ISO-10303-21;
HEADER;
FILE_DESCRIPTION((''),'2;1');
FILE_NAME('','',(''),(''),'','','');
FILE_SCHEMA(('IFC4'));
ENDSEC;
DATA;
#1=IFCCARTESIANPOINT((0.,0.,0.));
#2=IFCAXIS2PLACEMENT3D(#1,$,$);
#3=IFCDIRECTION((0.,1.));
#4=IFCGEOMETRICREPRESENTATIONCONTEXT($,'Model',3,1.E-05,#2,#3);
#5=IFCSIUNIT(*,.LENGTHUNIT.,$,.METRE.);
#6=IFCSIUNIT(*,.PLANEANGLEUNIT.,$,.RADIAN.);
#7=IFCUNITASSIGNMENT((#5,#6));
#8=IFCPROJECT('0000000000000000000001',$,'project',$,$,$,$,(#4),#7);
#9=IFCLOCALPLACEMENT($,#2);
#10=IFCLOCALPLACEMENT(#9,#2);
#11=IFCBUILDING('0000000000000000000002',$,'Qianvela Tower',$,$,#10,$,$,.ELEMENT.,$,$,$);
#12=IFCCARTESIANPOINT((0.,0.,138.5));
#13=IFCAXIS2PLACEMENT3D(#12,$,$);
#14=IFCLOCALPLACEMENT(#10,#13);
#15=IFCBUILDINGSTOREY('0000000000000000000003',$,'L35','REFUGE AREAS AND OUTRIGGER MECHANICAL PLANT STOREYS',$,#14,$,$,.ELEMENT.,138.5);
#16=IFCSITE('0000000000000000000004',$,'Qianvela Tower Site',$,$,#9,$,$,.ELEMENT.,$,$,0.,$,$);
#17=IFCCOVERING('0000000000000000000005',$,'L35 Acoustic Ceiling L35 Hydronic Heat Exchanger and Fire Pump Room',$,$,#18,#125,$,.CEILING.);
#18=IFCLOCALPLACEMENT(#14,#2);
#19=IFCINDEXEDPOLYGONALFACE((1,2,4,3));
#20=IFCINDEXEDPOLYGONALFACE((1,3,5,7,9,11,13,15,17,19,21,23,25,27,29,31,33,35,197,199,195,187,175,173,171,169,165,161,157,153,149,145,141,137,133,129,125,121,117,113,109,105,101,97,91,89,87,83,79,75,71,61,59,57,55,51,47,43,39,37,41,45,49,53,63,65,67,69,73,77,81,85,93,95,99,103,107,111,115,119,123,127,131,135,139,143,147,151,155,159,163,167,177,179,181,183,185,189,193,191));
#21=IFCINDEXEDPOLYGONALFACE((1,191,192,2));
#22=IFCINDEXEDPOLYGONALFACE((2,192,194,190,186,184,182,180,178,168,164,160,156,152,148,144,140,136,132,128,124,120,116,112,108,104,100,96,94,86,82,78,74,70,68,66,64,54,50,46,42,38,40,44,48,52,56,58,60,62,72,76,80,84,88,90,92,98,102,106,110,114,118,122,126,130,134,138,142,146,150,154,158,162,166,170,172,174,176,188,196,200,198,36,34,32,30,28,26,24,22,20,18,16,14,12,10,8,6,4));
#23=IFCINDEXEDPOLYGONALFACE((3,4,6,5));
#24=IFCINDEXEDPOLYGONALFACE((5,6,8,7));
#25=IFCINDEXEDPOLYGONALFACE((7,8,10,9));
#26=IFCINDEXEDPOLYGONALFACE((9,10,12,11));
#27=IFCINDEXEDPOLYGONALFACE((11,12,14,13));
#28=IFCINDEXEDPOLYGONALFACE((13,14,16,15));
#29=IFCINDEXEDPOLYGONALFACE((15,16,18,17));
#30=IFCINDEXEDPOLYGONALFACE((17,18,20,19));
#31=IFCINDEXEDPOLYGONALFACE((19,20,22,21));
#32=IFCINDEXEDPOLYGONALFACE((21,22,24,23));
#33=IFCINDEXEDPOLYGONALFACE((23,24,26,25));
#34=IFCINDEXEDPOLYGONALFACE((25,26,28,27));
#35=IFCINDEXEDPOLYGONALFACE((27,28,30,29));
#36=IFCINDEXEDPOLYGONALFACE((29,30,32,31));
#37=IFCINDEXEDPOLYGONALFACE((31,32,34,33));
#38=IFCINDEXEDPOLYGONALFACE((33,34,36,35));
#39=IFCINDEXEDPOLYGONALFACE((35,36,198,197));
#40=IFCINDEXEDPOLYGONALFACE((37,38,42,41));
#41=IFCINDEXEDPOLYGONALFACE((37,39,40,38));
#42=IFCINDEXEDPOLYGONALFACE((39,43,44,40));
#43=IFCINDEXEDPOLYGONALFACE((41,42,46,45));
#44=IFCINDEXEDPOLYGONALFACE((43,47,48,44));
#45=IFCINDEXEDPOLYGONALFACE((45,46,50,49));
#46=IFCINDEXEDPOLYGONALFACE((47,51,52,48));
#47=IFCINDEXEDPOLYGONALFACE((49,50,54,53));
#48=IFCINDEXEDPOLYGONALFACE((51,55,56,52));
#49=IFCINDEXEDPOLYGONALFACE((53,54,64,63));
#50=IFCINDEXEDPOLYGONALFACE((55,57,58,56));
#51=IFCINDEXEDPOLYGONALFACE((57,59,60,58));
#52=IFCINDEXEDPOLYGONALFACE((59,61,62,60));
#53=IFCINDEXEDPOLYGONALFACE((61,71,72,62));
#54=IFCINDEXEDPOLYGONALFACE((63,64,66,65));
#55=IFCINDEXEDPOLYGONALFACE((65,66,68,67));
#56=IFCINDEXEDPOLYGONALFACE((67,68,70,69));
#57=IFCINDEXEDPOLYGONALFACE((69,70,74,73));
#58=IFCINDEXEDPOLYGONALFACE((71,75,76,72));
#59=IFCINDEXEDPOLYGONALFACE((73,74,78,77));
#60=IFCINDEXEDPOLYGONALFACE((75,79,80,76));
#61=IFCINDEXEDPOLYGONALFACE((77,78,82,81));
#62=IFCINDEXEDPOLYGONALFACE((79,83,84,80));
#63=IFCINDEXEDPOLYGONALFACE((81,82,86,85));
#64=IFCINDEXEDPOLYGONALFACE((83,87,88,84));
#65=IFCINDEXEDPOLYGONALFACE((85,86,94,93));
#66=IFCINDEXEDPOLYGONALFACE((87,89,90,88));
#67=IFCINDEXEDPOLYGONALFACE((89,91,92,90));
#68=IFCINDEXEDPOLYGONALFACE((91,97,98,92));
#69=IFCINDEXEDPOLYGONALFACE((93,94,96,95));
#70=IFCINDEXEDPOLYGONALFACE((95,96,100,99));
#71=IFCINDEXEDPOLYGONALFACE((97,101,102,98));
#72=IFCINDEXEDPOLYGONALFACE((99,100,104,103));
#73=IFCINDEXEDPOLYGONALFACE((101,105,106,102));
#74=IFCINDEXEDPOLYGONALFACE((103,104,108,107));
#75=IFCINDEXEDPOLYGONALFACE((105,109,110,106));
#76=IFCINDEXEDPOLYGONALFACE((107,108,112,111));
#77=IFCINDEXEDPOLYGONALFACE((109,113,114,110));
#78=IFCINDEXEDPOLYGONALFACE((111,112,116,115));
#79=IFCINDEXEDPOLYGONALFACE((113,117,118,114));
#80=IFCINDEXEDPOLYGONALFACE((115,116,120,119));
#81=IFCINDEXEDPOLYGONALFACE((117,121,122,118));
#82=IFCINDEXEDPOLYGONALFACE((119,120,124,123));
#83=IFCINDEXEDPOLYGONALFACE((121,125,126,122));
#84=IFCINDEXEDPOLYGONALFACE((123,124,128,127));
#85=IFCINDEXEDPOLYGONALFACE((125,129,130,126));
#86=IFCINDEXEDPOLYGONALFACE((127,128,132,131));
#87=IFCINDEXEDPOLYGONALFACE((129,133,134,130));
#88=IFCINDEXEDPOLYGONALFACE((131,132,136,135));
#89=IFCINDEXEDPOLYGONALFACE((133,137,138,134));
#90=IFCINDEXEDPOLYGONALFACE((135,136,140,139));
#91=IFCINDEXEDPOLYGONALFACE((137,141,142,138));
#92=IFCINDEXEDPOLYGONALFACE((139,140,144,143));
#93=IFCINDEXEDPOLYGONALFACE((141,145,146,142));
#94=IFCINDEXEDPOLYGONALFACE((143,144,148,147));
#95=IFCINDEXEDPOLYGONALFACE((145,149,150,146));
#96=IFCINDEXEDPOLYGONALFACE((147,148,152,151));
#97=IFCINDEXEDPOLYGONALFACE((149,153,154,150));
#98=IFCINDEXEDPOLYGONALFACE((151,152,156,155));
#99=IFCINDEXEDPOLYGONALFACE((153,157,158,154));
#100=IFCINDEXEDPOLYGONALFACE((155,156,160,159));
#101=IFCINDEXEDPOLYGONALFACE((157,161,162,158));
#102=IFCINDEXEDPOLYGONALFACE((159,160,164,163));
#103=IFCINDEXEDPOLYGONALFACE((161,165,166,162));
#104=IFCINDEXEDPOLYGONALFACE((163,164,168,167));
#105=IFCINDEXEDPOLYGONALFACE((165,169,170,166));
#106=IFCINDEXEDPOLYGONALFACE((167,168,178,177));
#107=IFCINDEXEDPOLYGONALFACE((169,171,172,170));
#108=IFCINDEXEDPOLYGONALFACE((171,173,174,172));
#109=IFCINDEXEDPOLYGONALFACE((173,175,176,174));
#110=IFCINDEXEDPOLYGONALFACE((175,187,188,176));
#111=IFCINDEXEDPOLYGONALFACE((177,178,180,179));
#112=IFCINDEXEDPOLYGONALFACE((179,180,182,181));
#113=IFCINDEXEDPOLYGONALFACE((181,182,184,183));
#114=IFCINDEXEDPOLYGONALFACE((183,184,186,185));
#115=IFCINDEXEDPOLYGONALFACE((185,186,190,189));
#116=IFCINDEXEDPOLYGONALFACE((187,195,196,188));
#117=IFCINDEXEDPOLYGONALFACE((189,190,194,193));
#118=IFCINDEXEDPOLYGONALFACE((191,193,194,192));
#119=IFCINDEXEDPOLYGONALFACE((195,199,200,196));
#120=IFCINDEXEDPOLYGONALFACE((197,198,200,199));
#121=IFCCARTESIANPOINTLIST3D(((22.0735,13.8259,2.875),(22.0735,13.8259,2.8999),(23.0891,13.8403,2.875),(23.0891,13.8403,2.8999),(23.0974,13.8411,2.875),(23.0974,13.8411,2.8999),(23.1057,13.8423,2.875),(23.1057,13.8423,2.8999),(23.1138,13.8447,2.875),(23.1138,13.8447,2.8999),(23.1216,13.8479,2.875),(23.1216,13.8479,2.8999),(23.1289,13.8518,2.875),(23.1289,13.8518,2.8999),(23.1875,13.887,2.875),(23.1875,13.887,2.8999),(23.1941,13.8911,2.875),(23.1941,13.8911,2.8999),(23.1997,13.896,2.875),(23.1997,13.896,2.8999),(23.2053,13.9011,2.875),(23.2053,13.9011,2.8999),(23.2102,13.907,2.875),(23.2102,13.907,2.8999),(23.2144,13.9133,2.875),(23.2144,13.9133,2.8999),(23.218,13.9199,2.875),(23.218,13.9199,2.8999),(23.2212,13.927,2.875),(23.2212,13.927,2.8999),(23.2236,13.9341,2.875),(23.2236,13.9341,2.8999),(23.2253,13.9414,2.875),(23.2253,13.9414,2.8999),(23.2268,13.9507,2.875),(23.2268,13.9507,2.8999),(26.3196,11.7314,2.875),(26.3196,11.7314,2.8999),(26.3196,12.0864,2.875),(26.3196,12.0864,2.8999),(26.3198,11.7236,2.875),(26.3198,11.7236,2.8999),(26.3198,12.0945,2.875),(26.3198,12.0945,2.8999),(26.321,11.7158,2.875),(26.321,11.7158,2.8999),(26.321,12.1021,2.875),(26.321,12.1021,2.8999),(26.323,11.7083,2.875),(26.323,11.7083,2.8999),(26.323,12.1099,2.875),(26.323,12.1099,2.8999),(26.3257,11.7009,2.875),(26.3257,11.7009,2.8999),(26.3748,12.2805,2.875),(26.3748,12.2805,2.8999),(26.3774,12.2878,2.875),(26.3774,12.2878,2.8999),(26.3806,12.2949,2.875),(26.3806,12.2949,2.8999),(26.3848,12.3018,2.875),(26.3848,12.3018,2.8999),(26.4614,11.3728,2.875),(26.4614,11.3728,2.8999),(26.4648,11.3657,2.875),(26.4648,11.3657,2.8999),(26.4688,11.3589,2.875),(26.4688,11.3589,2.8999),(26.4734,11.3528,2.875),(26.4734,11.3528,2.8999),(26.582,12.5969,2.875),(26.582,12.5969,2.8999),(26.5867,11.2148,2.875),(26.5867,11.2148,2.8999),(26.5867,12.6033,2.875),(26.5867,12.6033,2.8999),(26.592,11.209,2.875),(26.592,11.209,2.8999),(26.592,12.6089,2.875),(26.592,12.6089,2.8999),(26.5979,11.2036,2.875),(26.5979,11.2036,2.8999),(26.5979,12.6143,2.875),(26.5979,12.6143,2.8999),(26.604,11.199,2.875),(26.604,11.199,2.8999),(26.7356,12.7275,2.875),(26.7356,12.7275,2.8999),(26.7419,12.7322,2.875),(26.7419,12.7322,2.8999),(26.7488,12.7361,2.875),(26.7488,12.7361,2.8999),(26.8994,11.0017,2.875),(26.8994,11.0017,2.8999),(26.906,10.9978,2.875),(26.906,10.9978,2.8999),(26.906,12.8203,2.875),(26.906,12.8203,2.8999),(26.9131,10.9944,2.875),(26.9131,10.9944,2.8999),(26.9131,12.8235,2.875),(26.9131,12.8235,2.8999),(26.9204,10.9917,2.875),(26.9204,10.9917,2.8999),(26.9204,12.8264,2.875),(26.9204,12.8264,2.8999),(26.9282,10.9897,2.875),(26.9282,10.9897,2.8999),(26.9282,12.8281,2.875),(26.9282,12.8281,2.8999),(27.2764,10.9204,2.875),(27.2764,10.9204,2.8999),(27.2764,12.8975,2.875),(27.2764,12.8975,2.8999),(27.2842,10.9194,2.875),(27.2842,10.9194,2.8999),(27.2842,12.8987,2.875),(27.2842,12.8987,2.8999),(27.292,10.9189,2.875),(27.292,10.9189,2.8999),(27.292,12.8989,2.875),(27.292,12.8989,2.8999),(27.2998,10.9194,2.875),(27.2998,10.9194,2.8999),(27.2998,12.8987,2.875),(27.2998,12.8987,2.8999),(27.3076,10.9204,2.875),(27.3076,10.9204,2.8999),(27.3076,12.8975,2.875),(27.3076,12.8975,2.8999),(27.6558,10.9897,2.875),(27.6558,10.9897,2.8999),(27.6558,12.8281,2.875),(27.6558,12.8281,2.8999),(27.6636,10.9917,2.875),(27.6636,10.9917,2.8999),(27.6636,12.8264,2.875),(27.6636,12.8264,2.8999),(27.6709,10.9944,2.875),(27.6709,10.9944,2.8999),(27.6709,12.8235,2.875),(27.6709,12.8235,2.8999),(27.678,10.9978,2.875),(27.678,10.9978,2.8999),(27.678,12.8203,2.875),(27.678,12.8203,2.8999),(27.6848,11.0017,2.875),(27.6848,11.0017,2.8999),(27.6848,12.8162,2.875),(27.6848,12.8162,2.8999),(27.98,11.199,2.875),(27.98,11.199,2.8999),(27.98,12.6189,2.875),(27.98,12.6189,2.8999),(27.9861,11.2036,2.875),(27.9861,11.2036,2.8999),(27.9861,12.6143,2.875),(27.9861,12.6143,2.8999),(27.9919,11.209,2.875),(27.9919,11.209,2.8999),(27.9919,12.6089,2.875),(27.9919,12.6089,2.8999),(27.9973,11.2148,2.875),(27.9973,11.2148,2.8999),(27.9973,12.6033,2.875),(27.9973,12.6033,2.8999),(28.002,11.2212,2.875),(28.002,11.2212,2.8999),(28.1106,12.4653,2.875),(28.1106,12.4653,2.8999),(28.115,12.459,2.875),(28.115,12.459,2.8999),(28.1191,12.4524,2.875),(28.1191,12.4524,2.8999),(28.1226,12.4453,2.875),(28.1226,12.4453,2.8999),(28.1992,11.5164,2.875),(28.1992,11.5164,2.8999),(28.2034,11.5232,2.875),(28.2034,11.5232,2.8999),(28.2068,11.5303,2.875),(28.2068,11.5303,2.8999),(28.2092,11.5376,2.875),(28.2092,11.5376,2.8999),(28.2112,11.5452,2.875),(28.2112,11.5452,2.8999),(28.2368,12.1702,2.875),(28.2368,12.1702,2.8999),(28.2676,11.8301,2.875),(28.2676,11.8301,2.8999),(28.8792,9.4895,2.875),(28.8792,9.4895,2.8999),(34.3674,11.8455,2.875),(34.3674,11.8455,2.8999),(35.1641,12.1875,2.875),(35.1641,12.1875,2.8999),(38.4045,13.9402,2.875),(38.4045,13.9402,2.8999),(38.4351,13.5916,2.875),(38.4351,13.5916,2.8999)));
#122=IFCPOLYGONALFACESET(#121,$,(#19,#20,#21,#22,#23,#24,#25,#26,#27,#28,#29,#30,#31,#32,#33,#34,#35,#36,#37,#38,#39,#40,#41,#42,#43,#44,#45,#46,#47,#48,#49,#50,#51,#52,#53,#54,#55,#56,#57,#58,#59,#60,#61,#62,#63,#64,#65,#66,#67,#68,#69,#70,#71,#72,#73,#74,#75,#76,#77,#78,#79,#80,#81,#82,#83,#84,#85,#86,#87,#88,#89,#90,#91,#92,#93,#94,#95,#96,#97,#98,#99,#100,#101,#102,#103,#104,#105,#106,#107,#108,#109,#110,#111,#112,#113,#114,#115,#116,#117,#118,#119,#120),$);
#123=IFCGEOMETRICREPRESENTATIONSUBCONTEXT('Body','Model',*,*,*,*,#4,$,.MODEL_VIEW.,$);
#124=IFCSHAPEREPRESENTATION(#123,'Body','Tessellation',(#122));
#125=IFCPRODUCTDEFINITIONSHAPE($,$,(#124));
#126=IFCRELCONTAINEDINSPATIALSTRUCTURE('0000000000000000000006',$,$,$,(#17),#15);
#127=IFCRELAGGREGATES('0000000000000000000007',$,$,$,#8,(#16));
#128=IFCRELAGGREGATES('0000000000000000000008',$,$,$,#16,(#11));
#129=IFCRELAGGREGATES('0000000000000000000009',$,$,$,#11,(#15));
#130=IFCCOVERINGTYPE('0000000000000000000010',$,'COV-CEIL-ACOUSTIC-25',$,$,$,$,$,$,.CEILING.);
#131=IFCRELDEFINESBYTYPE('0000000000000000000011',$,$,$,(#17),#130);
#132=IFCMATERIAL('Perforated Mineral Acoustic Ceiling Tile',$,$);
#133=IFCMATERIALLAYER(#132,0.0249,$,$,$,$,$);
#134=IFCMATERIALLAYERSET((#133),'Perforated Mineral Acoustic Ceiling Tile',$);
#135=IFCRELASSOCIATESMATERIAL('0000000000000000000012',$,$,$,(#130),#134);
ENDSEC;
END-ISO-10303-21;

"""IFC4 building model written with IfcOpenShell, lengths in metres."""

from ifc_helpers import new_model, si_unit, direction, frame, origin, place, context, subcontext, project, spatial, polyline, outline, extrude, material, layer, layer_set, type_object, element, save


model = new_model("IFC4")

# Units and contexts
model_context = context("Model", 3, precision=1e-05, world=origin(), true_north=direction((0.0, 1.0)))
body_context = subcontext(model_context, "Body", "Model", "MODEL_VIEW")
ifc_project = project(units=[si_unit("LENGTHUNIT", "METRE"), si_unit("PLANEANGLEUNIT", "RADIAN")], contexts=[model_context])

# Site, building, storey
site_placement = place(None, origin())
site = spatial("IfcSite", under=ifc_project, at=site_placement, Name="Qianvela Tower Site", CompositionType="ELEMENT", RefElevation=0.0)
building_placement = place(site_placement, origin())
building = spatial("IfcBuilding", under=site, at=building_placement, Name="Qianvela Tower", CompositionType="ELEMENT")
storey_placement = place(building_placement, frame((0.0, 0.0, 138.5)))
storey = spatial("IfcBuildingStorey", under=building, at=storey_placement, Name="L35", Description="REFUGE AREAS AND OUTRIGGER MECHANICAL PLANT STOREYS", CompositionType="ELEMENT", Elevation=138.5)

# Covering
ifc_material_1 = material(Name="Perforated Mineral Acoustic Ceiling Tile")
ifc_layer_1 = layer(ifc_material_1, 0.0249)
ifc_layer_set_1 = layer_set([ifc_layer_1], Name="Perforated Mineral Acoustic Ceiling Tile")
covering_type_1 = type_object("IfcCoveringType", Name="COV-CEIL-ACOUSTIC-25", PredefinedType="CEILING", material=ifc_layer_set_1)
covering_1_placement = place(storey_placement, frame((0.0, 0.0, 2.875)))
element("IfcCovering", 1, at=covering_1_placement, inside=storey, type_object=covering_type_1, Name="L35 Acoustic Ceiling L35 Hydronic Heat Exchanger and Fire Pump Room", PredefinedType="CEILING", context=body_context, shape_type="SweptSolid", body=[
    extrude(outline(polyline([(23.2268, 13.9507), (38.4045, 13.9402), (38.4351, 13.5916), (35.1641, 12.1875), (28.2368, 12.1702), (28.1226, 12.4453), (28.1191, 12.4524), (28.115, 12.459), (28.1106, 12.4653), (27.9973, 12.6033), (27.9919, 12.6089), (27.9861, 12.6143), (27.98, 12.6189), (27.6848, 12.8162), (27.678, 12.8203), (27.6709, 12.8235), (27.6636, 12.8264), (27.6558, 12.8281), (27.3076, 12.8975), (27.2998, 12.8987), (27.292, 12.8989), (27.2842, 12.8987), (27.2764, 12.8975), (26.9282, 12.8281), (26.9204, 12.8264), (26.9131, 12.8235), (26.906, 12.8203), (26.7488, 12.7361), (26.7419, 12.7322), (26.7356, 12.7275), (26.5979, 12.6143), (26.592, 12.6089), (26.5867, 12.6033), (26.582, 12.5969), (26.3848, 12.3018), (26.3806, 12.2949), (26.3774, 12.2878), (26.3748, 12.2805), (26.323, 12.1099), (26.321, 12.1021), (26.3198, 12.0945), (26.3196, 12.0864), (26.3196, 11.7314), (26.3198, 11.7236), (26.321, 11.7158), (26.323, 11.7083), (26.3257, 11.7009), (26.4614, 11.3728), (26.4648, 11.3657), (26.4688, 11.3589), (26.4734, 11.3528), (26.5867, 11.2148), (26.592, 11.209), (26.5979, 11.2036), (26.604, 11.199), (26.8994, 11.0017), (26.906, 10.9978), (26.9131, 10.9944), (26.9204, 10.9917), (26.9282, 10.9897), (27.2764, 10.9204), (27.2842, 10.9194), (27.292, 10.9189), (27.2998, 10.9194), (27.3076, 10.9204), (27.6558, 10.9897), (27.6636, 10.9917), (27.6709, 10.9944), (27.678, 10.9978), (27.6848, 11.0017), (27.98, 11.199), (27.9861, 11.2036), (27.9919, 11.209), (27.9973, 11.2148), (28.002, 11.2212), (28.1992, 11.5164), (28.2034, 11.5232), (28.2068, 11.5303), (28.2092, 11.5376), (28.2112, 11.5452), (28.2676, 11.8301), (34.3674, 11.8455), (28.8792, 9.4895), (22.0735, 13.8259), (23.0891, 13.8403), (23.0974, 13.8411), (23.1057, 13.8423), (23.1138, 13.8447), (23.1216, 13.8479), (23.1289, 13.8518), (23.1875, 13.887), (23.1941, 13.8911), (23.1997, 13.896), (23.2053, 13.9011), (23.2102, 13.907), (23.2144, 13.9133), (23.218, 13.9199), (23.2212, 13.927), (23.2236, 13.9341), (23.2253, 13.9414), (23.2268, 13.9507)])), origin(), (0.0, 0.0, 1.0), 0.0249),
])

save(model, "model.ifc")
